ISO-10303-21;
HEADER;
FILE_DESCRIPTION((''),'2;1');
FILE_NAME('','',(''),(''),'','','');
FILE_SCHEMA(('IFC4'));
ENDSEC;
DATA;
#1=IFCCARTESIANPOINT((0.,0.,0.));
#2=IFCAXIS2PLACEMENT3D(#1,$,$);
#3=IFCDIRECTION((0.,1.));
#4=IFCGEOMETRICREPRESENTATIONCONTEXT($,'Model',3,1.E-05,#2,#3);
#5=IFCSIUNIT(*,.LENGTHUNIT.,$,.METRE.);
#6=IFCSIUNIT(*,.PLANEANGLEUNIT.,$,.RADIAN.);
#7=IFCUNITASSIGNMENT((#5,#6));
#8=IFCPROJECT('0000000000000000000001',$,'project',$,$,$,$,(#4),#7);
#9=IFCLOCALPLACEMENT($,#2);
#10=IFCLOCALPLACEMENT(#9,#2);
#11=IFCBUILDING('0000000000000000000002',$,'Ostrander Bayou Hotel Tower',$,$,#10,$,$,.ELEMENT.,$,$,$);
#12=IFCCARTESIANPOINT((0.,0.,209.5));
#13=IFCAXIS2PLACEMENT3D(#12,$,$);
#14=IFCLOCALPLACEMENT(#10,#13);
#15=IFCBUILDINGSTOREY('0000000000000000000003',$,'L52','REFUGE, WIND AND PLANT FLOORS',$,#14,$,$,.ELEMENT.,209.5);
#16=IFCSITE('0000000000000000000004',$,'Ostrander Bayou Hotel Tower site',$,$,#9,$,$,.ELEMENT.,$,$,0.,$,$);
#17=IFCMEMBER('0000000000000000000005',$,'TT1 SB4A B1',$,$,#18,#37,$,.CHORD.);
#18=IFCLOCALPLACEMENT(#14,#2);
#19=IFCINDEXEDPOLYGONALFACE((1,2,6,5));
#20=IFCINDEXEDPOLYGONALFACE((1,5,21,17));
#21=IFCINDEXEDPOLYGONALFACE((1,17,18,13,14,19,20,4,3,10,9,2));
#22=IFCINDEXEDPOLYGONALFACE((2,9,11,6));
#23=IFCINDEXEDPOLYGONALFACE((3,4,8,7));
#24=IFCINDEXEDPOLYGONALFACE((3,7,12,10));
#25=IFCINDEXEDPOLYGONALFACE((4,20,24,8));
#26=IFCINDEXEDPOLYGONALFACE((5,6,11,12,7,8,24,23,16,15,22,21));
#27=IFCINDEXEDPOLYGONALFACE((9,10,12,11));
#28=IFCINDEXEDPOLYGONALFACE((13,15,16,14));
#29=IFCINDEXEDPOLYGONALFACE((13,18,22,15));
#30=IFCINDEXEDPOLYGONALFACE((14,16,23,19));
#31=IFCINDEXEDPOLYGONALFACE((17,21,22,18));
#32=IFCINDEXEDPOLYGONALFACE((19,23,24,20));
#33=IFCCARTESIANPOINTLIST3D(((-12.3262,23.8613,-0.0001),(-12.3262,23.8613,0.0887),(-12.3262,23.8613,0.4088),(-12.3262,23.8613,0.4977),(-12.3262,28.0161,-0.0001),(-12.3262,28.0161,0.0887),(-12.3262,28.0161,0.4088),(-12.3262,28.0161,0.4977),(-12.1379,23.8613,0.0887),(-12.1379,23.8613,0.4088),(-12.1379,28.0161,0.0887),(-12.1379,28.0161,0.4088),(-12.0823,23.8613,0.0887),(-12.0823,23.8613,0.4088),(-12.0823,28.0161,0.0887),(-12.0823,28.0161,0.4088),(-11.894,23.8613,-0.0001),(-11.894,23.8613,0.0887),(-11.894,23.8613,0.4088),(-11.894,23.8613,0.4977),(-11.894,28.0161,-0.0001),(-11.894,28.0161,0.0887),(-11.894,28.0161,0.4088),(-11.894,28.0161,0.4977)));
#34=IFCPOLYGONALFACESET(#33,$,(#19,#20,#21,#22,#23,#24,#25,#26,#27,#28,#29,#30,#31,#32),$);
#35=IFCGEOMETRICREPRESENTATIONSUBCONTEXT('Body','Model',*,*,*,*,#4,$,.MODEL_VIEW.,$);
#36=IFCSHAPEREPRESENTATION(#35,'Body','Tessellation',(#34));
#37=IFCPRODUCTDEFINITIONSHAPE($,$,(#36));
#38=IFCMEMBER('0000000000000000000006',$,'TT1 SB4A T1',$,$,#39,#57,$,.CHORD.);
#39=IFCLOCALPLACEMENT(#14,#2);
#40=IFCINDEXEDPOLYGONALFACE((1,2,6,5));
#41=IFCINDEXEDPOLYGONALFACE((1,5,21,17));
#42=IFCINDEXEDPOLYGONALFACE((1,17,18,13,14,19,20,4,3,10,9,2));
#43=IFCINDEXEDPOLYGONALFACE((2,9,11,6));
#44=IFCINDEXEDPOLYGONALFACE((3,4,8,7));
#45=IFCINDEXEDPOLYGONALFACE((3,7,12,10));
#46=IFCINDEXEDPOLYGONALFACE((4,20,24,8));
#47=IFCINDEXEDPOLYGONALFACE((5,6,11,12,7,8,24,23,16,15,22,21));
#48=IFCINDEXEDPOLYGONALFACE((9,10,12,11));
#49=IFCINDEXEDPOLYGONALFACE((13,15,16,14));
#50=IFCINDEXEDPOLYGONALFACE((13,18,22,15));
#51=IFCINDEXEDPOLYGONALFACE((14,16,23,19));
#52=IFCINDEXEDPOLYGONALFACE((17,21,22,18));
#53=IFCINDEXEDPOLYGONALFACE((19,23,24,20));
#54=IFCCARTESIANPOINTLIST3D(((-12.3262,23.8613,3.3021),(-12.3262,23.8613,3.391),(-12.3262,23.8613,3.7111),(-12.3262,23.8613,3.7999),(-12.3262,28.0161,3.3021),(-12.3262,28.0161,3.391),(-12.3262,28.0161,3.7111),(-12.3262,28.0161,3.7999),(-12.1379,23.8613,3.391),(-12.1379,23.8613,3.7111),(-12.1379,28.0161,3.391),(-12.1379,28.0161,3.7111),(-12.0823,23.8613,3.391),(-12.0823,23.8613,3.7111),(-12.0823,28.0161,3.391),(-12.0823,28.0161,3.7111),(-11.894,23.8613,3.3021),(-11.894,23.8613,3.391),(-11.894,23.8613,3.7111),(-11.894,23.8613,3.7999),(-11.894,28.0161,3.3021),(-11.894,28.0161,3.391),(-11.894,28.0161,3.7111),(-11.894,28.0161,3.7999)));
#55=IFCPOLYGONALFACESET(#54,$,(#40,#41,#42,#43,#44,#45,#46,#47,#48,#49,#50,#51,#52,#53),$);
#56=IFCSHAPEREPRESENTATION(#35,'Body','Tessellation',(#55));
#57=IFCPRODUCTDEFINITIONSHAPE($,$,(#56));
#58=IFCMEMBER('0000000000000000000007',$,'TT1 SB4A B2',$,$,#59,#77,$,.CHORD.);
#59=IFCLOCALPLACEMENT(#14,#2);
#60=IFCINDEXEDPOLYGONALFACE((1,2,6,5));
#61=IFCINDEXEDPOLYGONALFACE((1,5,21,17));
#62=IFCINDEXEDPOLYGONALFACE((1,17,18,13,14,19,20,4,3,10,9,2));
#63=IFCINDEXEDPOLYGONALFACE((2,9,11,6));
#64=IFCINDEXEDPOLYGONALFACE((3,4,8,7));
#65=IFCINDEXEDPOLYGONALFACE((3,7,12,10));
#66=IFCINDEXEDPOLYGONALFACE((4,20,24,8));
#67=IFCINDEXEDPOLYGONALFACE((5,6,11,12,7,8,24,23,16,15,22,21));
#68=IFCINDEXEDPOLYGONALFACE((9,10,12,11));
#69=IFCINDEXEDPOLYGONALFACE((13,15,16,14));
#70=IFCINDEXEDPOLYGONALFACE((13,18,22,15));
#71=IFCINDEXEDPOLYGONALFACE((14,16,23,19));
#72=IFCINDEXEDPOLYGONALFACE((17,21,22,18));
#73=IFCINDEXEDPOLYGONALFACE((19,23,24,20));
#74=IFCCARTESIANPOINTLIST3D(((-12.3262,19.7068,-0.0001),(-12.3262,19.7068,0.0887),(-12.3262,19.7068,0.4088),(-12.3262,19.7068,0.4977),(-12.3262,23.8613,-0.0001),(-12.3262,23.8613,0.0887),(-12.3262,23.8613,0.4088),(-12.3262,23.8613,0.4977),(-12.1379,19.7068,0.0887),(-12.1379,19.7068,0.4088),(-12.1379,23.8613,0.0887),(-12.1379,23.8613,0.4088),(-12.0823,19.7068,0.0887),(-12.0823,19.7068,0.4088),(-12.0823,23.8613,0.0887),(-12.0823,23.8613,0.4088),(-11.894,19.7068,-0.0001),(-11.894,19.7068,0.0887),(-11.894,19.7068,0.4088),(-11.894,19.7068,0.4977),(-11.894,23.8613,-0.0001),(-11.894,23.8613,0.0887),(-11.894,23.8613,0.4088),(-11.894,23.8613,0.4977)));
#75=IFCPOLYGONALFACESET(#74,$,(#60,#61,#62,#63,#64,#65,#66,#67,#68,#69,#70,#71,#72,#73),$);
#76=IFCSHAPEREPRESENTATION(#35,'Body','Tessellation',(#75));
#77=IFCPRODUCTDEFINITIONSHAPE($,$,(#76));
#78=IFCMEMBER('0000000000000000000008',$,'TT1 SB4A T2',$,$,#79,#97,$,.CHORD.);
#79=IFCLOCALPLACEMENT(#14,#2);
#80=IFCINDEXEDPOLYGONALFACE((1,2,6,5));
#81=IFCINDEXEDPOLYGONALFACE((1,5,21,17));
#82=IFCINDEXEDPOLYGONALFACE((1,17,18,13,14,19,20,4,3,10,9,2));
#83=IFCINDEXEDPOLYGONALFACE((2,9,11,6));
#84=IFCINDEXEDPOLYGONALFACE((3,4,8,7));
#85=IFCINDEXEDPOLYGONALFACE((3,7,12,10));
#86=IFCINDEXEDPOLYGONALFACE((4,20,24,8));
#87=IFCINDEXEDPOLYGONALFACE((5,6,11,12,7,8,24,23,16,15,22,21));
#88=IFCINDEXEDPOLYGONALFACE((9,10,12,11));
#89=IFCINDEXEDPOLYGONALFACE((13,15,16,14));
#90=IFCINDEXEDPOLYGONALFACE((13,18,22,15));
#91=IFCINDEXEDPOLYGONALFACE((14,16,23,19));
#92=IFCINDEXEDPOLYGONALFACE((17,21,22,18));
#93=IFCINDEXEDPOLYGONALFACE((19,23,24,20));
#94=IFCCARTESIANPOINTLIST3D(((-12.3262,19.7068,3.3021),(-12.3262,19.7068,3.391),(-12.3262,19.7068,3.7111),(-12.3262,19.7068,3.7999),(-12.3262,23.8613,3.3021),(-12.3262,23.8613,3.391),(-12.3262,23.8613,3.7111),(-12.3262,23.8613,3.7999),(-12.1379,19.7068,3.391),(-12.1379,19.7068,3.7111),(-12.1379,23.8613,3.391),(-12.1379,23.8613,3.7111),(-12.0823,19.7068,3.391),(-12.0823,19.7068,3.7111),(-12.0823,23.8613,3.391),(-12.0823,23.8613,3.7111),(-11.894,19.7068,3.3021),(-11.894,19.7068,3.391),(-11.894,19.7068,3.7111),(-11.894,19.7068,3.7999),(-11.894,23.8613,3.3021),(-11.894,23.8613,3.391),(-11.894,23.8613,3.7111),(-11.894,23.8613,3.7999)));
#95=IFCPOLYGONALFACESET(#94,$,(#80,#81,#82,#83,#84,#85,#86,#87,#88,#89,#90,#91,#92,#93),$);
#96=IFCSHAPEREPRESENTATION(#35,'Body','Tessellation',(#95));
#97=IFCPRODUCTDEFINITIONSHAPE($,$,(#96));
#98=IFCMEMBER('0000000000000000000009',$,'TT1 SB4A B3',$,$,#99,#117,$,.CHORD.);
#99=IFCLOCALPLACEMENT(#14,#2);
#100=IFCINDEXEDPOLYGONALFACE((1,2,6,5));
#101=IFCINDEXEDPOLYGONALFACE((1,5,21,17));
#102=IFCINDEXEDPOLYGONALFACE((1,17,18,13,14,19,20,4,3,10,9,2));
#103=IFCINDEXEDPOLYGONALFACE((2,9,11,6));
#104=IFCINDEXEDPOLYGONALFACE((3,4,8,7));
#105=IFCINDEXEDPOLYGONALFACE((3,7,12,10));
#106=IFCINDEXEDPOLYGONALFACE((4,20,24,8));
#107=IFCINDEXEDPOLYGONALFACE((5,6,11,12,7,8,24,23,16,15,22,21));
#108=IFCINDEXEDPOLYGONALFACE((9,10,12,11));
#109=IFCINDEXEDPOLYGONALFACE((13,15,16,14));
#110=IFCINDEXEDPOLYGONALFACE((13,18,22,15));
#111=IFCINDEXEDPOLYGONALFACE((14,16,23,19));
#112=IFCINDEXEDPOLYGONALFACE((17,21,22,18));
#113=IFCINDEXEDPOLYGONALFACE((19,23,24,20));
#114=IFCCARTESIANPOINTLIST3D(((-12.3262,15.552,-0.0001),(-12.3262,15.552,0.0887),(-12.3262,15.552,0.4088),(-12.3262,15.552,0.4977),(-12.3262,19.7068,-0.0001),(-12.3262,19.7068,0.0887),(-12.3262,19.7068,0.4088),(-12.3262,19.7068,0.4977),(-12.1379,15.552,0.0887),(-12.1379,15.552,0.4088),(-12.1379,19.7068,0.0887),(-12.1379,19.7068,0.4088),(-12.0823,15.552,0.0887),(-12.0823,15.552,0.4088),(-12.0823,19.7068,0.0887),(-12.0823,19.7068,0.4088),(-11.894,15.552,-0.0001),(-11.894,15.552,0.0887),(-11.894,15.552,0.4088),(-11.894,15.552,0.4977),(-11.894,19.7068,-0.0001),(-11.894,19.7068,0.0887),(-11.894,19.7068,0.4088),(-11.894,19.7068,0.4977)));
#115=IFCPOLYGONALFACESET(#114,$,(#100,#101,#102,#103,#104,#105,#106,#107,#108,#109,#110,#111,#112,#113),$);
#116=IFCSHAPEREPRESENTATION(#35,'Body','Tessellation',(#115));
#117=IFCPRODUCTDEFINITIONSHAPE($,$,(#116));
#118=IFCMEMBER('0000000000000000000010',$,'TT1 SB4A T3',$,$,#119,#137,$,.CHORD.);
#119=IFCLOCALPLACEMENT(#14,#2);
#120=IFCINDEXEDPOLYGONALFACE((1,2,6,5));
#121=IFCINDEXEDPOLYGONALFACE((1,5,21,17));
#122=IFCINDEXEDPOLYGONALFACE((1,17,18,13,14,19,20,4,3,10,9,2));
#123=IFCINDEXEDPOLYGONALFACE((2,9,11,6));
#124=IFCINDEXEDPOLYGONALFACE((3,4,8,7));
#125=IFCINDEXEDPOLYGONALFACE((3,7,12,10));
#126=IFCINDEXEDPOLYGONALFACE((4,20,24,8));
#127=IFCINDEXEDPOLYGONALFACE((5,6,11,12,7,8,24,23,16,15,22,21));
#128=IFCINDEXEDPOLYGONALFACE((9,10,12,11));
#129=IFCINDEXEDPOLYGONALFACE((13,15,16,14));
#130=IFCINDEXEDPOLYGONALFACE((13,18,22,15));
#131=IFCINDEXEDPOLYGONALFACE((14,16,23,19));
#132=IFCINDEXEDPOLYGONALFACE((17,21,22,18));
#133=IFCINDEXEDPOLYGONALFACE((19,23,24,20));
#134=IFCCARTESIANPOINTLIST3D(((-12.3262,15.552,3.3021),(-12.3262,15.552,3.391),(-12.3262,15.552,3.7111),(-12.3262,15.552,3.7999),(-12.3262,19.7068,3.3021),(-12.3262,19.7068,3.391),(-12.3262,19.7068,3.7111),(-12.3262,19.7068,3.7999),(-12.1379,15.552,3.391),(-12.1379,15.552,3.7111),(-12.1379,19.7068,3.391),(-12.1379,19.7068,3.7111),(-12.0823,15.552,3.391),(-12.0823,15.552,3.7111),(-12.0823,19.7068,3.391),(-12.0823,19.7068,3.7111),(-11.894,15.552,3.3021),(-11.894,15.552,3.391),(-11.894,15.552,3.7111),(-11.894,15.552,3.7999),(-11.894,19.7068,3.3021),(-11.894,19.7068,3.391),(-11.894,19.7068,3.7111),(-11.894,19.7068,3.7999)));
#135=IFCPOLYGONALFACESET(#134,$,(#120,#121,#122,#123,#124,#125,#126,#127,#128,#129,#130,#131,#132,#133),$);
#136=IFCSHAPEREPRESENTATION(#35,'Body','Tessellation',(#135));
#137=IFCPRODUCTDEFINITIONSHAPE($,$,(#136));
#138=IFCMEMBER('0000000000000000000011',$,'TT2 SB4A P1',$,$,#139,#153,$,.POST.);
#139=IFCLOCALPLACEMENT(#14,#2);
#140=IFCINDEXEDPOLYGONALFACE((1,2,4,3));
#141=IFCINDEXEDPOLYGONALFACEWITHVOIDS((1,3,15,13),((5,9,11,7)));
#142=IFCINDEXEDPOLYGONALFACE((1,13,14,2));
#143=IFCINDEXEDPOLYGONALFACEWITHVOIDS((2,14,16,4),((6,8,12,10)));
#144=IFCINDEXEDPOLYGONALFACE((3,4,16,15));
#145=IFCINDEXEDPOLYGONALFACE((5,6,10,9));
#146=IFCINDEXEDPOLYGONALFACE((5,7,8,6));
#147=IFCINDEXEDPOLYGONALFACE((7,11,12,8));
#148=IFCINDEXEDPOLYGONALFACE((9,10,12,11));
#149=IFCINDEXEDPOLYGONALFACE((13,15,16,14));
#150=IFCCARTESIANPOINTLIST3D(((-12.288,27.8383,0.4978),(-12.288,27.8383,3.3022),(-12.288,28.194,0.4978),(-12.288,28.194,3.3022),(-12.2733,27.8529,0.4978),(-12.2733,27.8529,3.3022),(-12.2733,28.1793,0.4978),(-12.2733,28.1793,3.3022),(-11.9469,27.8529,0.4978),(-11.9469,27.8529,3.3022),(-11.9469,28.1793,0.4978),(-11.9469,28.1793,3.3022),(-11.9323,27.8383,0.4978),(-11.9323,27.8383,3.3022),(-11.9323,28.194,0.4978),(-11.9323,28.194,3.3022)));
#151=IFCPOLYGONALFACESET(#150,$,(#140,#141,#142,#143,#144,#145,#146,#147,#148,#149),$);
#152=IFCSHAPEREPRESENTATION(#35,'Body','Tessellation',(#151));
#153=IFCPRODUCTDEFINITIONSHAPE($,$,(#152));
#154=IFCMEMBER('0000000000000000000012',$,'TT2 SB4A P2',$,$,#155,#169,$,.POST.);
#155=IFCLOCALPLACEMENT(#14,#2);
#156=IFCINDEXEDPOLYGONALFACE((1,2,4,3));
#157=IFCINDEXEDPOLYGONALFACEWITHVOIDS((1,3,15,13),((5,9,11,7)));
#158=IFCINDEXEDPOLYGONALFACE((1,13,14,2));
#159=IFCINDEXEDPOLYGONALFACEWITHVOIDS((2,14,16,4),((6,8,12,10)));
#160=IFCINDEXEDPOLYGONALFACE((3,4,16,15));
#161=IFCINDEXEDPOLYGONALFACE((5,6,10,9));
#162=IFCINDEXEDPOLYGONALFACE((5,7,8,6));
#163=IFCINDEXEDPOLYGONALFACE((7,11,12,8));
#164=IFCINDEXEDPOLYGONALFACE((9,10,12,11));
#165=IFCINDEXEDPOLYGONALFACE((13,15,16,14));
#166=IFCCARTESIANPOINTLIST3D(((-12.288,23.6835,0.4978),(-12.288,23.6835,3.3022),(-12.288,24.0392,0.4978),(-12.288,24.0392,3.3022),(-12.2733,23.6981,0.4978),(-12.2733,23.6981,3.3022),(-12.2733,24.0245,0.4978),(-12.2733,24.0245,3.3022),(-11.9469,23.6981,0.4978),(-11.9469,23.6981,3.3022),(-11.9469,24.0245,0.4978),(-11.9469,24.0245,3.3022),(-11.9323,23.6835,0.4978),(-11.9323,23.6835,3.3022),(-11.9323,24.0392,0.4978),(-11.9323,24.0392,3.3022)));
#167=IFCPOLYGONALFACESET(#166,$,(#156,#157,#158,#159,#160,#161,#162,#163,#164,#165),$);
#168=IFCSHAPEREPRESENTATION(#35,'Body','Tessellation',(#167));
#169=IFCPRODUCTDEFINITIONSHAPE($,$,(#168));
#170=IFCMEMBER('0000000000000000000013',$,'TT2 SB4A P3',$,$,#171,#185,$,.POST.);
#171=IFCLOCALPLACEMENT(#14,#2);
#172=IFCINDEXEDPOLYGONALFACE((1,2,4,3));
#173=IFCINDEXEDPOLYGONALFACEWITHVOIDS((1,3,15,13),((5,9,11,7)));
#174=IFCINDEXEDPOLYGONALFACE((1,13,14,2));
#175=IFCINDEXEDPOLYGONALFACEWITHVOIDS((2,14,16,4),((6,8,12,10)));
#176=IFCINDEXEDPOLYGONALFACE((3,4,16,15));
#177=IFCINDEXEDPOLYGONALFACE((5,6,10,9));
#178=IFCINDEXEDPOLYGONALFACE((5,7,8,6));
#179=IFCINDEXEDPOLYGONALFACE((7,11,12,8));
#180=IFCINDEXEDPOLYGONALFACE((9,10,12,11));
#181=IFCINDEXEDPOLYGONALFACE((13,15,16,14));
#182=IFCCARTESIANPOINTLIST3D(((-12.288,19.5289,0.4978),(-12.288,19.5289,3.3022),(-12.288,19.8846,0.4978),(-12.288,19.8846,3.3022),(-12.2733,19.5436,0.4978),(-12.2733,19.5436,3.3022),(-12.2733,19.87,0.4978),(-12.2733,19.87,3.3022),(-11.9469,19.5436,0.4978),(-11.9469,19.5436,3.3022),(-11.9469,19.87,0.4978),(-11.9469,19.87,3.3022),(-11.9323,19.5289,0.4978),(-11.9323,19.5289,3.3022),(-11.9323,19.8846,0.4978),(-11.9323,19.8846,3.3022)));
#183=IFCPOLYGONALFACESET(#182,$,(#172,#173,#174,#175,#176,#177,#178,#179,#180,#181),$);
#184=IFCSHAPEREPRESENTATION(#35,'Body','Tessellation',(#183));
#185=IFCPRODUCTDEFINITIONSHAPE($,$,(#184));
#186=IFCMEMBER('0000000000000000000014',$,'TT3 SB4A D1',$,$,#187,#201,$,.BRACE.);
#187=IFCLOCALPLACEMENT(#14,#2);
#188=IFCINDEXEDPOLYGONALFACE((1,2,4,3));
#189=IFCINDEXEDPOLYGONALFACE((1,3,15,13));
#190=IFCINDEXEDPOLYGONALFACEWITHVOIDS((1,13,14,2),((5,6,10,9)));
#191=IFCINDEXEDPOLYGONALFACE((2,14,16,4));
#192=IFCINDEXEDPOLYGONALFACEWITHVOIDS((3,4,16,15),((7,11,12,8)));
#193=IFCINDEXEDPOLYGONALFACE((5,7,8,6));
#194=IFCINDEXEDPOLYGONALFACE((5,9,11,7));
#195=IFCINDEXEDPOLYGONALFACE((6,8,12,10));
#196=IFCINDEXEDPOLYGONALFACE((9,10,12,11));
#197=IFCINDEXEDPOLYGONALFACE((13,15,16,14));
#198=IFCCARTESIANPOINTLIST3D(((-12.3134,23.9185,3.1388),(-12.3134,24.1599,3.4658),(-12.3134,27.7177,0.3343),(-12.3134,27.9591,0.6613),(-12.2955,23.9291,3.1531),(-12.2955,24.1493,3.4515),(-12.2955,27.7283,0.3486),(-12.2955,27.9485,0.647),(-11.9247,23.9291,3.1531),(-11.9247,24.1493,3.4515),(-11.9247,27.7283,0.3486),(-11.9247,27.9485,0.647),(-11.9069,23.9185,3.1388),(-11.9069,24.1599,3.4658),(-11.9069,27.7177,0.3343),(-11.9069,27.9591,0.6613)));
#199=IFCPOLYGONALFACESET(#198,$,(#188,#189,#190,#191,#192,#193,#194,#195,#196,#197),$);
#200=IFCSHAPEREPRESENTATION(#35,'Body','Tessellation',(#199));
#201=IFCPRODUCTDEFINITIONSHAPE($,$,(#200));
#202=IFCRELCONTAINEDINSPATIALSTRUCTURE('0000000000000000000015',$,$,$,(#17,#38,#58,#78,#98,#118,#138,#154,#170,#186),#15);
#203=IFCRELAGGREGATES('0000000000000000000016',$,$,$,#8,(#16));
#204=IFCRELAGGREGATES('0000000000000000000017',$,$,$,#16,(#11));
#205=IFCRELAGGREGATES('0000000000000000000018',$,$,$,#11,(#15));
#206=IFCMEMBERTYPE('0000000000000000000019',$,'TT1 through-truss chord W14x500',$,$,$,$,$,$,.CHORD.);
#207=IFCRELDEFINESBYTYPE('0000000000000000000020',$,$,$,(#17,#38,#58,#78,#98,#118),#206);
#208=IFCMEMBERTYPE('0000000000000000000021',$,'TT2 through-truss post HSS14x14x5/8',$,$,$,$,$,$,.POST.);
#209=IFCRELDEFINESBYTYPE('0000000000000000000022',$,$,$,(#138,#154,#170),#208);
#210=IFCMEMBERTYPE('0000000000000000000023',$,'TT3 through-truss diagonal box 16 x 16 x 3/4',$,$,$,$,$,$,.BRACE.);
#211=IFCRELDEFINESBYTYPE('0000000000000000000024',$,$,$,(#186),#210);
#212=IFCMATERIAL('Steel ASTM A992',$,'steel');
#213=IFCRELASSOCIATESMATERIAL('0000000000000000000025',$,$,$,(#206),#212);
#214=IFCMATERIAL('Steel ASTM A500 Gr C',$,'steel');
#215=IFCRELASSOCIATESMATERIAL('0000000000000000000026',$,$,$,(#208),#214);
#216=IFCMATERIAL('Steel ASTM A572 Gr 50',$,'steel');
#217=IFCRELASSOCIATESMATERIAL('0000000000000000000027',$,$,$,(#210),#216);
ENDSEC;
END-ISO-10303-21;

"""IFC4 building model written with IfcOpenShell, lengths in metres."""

from ifc_helpers import new_model, si_unit, direction, frame, origin, origin_2d, place, context, subcontext, project, spatial, hollow_rectangle, i_section, extrude, material, material_profile, profile_set, type_object, element, save


model = new_model("IFC4")

# Units and contexts
model_context = context("Model", 3, precision=1e-05, world=origin(), true_north=direction((0.0, 1.0)))
body_context = subcontext(model_context, "Body", "Model", "MODEL_VIEW")
ifc_project = project(units=[si_unit("LENGTHUNIT", "METRE"), si_unit("PLANEANGLEUNIT", "RADIAN")], contexts=[model_context])

# Site, building, storey
site_placement = place(None, origin())
site = spatial("IfcSite", under=ifc_project, at=site_placement, Name="Ostrander Bayou Hotel Tower site", CompositionType="ELEMENT", RefElevation=0.0)
building_placement = place(site_placement, origin())
building = spatial("IfcBuilding", under=site, at=building_placement, Name="Ostrander Bayou Hotel Tower", CompositionType="ELEMENT")
storey_placement = place(building_placement, frame((0.0, 0.0, 209.5)))
storey = spatial("IfcBuildingStorey", under=building, at=storey_placement, Name="L52", Description="REFUGE, WIND AND PLANT FLOORS", CompositionType="ELEMENT", Elevation=209.5)

# Members
ifc_material_1 = material(Name="Steel ASTM A992", Category="steel")
ifc_material_profile_1 = material_profile(ifc_material_1, i_section(OverallWidth=0.4321, OverallDepth=0.4978, WebThickness=0.0557, FlangeThickness=0.0889, at=origin_2d()))
ifc_profile_set_1 = profile_set([ifc_material_profile_1], Name="Steel ASTM A992")
member_type_1 = type_object("IfcMemberType", Name="TT1 through-truss chord W14x500", PredefinedType="CHORD", material=ifc_profile_set_1)
for number, where, z_axis, x_axis, name in (
    (1, (-12.1101, 28.0161, 0.2488), (0.0, -1.0, 0.0), (1.0, 0.0, 0.0), "TT1 SB4A B1"),
    (2, (-12.1101, 28.0161, 3.551), (0.0, -1.0, 0.0), (1.0, 0.0, 0.0), "TT1 SB4A T1"),
):
    element("IfcMember", number, at=place(storey_placement, frame(where, z_axis=z_axis, x_axis=x_axis)), inside=storey, type_object=member_type_1, Name=name, PredefinedType="CHORD", context=body_context, shape_type="SweptSolid", body=[
        extrude(i_section(OverallWidth=0.4321, OverallDepth=0.4978, WebThickness=0.0557, FlangeThickness=0.0889, at=origin_2d()), origin(), (0.0, 0.0, 1.0), 4.1548),
    ])
for number, where, z_axis, x_axis, name in (
    (3, (-12.1101, 23.8613, 0.2488), (0.0, -1.0, 0.0), (1.0, 0.0, 0.0), "TT1 SB4A B2"),
    (4, (-12.1101, 23.8613, 3.551), (0.0, -1.0, 0.0), (1.0, 0.0, 0.0), "TT1 SB4A T2"),
):
    element("IfcMember", number, at=place(storey_placement, frame(where, z_axis=z_axis, x_axis=x_axis)), inside=storey, type_object=member_type_1, Name=name, PredefinedType="CHORD", context=body_context, shape_type="SweptSolid", body=[
        extrude(i_section(OverallWidth=0.4321, OverallDepth=0.4978, WebThickness=0.0557, FlangeThickness=0.0889, at=origin_2d()), origin(), (0.0, 0.0, 1.0), 4.1545),
    ])
for number, where, z_axis, x_axis, name in (
    (5, (-12.1101, 19.7068, 0.2488), (0.0, -1.0, 0.0), (1.0, 0.0, 0.0), "TT1 SB4A B3"),
    (6, (-12.1101, 19.7068, 3.551), (0.0, -1.0, 0.0), (1.0, 0.0, 0.0), "TT1 SB4A T3"),
):
    element("IfcMember", number, at=place(storey_placement, frame(where, z_axis=z_axis, x_axis=x_axis)), inside=storey, type_object=member_type_1, Name=name, PredefinedType="CHORD", context=body_context, shape_type="SweptSolid", body=[
        extrude(i_section(OverallWidth=0.4321, OverallDepth=0.4978, WebThickness=0.0557, FlangeThickness=0.0889, at=origin_2d()), origin(), (0.0, 0.0, 1.0), 4.1548),
    ])
ifc_material_2 = material(Name="Steel ASTM A500 Gr C", Category="steel")
ifc_material_profile_2 = material_profile(ifc_material_2, hollow_rectangle(XDim=0.3557, YDim=0.3557, WallThickness=0.0146, at=origin_2d()))
ifc_profile_set_2 = profile_set([ifc_material_profile_2], Name="Steel ASTM A500 Gr C")
member_type_2 = type_object("IfcMemberType", Name="TT2 through-truss post HSS14x14x5/8", PredefinedType="POST", material=ifc_profile_set_2)
for number, where, z_axis, x_axis, name in (
    (7, (-12.1101, 28.0161, 0.4978), (0.0, 0.0, 1.0), (1.0, 0.0, 0.0), "TT2 SB4A P1"),
    (8, (-12.1101, 23.8613, 0.4978), (0.0, 0.0, 1.0), (1.0, 0.0, 0.0), "TT2 SB4A P2"),
    (9, (-12.1101, 19.7068, 0.4978), (0.0, 0.0, 1.0), (1.0, 0.0, 0.0), "TT2 SB4A P3"),
):
    element("IfcMember", number, at=place(storey_placement, frame(where, z_axis=z_axis, x_axis=x_axis)), inside=storey, type_object=member_type_2, Name=name, PredefinedType="POST", context=body_context, shape_type="SweptSolid", body=[
        extrude(hollow_rectangle(XDim=0.3557, YDim=0.3557, WallThickness=0.0146, at=origin_2d()), origin(), (0.0, 0.0, 1.0), 2.8044),
    ])
ifc_material_3 = material(Name="Steel ASTM A572 Gr 50", Category="steel")
ifc_material_profile_3 = material_profile(ifc_material_3, hollow_rectangle(XDim=0.4065, YDim=0.4065, WallThickness=0.0178, at=origin_2d()))
ifc_profile_set_3 = profile_set([ifc_material_profile_3], Name="Steel ASTM A572 Gr 50")
member_type_3 = type_object("IfcMemberType", Name="TT3 through-truss diagonal box 16 x 16 x 3/4", PredefinedType="BRACE", material=ifc_profile_set_3)
for number, where, z_axis, x_axis, name in (
    (10, (-12.1101, 27.8384, 0.4978), (0.0, -0.804537, 0.593902), (1.0, 0.0, 0.0), "TT3 SB4A D1"),
):
    element("IfcMember", number, at=place(storey_placement, frame(where, z_axis=z_axis, x_axis=x_axis)), inside=storey, type_object=member_type_3, Name=name, PredefinedType="BRACE", context=body_context, shape_type="SweptSolid", body=[
        extrude(hollow_rectangle(XDim=0.4065, YDim=0.4065, WallThickness=0.0178, at=origin_2d()), origin(), (0.0, 0.0, 1.0), 4.7222),
    ])

save(model, "model.ifc")
